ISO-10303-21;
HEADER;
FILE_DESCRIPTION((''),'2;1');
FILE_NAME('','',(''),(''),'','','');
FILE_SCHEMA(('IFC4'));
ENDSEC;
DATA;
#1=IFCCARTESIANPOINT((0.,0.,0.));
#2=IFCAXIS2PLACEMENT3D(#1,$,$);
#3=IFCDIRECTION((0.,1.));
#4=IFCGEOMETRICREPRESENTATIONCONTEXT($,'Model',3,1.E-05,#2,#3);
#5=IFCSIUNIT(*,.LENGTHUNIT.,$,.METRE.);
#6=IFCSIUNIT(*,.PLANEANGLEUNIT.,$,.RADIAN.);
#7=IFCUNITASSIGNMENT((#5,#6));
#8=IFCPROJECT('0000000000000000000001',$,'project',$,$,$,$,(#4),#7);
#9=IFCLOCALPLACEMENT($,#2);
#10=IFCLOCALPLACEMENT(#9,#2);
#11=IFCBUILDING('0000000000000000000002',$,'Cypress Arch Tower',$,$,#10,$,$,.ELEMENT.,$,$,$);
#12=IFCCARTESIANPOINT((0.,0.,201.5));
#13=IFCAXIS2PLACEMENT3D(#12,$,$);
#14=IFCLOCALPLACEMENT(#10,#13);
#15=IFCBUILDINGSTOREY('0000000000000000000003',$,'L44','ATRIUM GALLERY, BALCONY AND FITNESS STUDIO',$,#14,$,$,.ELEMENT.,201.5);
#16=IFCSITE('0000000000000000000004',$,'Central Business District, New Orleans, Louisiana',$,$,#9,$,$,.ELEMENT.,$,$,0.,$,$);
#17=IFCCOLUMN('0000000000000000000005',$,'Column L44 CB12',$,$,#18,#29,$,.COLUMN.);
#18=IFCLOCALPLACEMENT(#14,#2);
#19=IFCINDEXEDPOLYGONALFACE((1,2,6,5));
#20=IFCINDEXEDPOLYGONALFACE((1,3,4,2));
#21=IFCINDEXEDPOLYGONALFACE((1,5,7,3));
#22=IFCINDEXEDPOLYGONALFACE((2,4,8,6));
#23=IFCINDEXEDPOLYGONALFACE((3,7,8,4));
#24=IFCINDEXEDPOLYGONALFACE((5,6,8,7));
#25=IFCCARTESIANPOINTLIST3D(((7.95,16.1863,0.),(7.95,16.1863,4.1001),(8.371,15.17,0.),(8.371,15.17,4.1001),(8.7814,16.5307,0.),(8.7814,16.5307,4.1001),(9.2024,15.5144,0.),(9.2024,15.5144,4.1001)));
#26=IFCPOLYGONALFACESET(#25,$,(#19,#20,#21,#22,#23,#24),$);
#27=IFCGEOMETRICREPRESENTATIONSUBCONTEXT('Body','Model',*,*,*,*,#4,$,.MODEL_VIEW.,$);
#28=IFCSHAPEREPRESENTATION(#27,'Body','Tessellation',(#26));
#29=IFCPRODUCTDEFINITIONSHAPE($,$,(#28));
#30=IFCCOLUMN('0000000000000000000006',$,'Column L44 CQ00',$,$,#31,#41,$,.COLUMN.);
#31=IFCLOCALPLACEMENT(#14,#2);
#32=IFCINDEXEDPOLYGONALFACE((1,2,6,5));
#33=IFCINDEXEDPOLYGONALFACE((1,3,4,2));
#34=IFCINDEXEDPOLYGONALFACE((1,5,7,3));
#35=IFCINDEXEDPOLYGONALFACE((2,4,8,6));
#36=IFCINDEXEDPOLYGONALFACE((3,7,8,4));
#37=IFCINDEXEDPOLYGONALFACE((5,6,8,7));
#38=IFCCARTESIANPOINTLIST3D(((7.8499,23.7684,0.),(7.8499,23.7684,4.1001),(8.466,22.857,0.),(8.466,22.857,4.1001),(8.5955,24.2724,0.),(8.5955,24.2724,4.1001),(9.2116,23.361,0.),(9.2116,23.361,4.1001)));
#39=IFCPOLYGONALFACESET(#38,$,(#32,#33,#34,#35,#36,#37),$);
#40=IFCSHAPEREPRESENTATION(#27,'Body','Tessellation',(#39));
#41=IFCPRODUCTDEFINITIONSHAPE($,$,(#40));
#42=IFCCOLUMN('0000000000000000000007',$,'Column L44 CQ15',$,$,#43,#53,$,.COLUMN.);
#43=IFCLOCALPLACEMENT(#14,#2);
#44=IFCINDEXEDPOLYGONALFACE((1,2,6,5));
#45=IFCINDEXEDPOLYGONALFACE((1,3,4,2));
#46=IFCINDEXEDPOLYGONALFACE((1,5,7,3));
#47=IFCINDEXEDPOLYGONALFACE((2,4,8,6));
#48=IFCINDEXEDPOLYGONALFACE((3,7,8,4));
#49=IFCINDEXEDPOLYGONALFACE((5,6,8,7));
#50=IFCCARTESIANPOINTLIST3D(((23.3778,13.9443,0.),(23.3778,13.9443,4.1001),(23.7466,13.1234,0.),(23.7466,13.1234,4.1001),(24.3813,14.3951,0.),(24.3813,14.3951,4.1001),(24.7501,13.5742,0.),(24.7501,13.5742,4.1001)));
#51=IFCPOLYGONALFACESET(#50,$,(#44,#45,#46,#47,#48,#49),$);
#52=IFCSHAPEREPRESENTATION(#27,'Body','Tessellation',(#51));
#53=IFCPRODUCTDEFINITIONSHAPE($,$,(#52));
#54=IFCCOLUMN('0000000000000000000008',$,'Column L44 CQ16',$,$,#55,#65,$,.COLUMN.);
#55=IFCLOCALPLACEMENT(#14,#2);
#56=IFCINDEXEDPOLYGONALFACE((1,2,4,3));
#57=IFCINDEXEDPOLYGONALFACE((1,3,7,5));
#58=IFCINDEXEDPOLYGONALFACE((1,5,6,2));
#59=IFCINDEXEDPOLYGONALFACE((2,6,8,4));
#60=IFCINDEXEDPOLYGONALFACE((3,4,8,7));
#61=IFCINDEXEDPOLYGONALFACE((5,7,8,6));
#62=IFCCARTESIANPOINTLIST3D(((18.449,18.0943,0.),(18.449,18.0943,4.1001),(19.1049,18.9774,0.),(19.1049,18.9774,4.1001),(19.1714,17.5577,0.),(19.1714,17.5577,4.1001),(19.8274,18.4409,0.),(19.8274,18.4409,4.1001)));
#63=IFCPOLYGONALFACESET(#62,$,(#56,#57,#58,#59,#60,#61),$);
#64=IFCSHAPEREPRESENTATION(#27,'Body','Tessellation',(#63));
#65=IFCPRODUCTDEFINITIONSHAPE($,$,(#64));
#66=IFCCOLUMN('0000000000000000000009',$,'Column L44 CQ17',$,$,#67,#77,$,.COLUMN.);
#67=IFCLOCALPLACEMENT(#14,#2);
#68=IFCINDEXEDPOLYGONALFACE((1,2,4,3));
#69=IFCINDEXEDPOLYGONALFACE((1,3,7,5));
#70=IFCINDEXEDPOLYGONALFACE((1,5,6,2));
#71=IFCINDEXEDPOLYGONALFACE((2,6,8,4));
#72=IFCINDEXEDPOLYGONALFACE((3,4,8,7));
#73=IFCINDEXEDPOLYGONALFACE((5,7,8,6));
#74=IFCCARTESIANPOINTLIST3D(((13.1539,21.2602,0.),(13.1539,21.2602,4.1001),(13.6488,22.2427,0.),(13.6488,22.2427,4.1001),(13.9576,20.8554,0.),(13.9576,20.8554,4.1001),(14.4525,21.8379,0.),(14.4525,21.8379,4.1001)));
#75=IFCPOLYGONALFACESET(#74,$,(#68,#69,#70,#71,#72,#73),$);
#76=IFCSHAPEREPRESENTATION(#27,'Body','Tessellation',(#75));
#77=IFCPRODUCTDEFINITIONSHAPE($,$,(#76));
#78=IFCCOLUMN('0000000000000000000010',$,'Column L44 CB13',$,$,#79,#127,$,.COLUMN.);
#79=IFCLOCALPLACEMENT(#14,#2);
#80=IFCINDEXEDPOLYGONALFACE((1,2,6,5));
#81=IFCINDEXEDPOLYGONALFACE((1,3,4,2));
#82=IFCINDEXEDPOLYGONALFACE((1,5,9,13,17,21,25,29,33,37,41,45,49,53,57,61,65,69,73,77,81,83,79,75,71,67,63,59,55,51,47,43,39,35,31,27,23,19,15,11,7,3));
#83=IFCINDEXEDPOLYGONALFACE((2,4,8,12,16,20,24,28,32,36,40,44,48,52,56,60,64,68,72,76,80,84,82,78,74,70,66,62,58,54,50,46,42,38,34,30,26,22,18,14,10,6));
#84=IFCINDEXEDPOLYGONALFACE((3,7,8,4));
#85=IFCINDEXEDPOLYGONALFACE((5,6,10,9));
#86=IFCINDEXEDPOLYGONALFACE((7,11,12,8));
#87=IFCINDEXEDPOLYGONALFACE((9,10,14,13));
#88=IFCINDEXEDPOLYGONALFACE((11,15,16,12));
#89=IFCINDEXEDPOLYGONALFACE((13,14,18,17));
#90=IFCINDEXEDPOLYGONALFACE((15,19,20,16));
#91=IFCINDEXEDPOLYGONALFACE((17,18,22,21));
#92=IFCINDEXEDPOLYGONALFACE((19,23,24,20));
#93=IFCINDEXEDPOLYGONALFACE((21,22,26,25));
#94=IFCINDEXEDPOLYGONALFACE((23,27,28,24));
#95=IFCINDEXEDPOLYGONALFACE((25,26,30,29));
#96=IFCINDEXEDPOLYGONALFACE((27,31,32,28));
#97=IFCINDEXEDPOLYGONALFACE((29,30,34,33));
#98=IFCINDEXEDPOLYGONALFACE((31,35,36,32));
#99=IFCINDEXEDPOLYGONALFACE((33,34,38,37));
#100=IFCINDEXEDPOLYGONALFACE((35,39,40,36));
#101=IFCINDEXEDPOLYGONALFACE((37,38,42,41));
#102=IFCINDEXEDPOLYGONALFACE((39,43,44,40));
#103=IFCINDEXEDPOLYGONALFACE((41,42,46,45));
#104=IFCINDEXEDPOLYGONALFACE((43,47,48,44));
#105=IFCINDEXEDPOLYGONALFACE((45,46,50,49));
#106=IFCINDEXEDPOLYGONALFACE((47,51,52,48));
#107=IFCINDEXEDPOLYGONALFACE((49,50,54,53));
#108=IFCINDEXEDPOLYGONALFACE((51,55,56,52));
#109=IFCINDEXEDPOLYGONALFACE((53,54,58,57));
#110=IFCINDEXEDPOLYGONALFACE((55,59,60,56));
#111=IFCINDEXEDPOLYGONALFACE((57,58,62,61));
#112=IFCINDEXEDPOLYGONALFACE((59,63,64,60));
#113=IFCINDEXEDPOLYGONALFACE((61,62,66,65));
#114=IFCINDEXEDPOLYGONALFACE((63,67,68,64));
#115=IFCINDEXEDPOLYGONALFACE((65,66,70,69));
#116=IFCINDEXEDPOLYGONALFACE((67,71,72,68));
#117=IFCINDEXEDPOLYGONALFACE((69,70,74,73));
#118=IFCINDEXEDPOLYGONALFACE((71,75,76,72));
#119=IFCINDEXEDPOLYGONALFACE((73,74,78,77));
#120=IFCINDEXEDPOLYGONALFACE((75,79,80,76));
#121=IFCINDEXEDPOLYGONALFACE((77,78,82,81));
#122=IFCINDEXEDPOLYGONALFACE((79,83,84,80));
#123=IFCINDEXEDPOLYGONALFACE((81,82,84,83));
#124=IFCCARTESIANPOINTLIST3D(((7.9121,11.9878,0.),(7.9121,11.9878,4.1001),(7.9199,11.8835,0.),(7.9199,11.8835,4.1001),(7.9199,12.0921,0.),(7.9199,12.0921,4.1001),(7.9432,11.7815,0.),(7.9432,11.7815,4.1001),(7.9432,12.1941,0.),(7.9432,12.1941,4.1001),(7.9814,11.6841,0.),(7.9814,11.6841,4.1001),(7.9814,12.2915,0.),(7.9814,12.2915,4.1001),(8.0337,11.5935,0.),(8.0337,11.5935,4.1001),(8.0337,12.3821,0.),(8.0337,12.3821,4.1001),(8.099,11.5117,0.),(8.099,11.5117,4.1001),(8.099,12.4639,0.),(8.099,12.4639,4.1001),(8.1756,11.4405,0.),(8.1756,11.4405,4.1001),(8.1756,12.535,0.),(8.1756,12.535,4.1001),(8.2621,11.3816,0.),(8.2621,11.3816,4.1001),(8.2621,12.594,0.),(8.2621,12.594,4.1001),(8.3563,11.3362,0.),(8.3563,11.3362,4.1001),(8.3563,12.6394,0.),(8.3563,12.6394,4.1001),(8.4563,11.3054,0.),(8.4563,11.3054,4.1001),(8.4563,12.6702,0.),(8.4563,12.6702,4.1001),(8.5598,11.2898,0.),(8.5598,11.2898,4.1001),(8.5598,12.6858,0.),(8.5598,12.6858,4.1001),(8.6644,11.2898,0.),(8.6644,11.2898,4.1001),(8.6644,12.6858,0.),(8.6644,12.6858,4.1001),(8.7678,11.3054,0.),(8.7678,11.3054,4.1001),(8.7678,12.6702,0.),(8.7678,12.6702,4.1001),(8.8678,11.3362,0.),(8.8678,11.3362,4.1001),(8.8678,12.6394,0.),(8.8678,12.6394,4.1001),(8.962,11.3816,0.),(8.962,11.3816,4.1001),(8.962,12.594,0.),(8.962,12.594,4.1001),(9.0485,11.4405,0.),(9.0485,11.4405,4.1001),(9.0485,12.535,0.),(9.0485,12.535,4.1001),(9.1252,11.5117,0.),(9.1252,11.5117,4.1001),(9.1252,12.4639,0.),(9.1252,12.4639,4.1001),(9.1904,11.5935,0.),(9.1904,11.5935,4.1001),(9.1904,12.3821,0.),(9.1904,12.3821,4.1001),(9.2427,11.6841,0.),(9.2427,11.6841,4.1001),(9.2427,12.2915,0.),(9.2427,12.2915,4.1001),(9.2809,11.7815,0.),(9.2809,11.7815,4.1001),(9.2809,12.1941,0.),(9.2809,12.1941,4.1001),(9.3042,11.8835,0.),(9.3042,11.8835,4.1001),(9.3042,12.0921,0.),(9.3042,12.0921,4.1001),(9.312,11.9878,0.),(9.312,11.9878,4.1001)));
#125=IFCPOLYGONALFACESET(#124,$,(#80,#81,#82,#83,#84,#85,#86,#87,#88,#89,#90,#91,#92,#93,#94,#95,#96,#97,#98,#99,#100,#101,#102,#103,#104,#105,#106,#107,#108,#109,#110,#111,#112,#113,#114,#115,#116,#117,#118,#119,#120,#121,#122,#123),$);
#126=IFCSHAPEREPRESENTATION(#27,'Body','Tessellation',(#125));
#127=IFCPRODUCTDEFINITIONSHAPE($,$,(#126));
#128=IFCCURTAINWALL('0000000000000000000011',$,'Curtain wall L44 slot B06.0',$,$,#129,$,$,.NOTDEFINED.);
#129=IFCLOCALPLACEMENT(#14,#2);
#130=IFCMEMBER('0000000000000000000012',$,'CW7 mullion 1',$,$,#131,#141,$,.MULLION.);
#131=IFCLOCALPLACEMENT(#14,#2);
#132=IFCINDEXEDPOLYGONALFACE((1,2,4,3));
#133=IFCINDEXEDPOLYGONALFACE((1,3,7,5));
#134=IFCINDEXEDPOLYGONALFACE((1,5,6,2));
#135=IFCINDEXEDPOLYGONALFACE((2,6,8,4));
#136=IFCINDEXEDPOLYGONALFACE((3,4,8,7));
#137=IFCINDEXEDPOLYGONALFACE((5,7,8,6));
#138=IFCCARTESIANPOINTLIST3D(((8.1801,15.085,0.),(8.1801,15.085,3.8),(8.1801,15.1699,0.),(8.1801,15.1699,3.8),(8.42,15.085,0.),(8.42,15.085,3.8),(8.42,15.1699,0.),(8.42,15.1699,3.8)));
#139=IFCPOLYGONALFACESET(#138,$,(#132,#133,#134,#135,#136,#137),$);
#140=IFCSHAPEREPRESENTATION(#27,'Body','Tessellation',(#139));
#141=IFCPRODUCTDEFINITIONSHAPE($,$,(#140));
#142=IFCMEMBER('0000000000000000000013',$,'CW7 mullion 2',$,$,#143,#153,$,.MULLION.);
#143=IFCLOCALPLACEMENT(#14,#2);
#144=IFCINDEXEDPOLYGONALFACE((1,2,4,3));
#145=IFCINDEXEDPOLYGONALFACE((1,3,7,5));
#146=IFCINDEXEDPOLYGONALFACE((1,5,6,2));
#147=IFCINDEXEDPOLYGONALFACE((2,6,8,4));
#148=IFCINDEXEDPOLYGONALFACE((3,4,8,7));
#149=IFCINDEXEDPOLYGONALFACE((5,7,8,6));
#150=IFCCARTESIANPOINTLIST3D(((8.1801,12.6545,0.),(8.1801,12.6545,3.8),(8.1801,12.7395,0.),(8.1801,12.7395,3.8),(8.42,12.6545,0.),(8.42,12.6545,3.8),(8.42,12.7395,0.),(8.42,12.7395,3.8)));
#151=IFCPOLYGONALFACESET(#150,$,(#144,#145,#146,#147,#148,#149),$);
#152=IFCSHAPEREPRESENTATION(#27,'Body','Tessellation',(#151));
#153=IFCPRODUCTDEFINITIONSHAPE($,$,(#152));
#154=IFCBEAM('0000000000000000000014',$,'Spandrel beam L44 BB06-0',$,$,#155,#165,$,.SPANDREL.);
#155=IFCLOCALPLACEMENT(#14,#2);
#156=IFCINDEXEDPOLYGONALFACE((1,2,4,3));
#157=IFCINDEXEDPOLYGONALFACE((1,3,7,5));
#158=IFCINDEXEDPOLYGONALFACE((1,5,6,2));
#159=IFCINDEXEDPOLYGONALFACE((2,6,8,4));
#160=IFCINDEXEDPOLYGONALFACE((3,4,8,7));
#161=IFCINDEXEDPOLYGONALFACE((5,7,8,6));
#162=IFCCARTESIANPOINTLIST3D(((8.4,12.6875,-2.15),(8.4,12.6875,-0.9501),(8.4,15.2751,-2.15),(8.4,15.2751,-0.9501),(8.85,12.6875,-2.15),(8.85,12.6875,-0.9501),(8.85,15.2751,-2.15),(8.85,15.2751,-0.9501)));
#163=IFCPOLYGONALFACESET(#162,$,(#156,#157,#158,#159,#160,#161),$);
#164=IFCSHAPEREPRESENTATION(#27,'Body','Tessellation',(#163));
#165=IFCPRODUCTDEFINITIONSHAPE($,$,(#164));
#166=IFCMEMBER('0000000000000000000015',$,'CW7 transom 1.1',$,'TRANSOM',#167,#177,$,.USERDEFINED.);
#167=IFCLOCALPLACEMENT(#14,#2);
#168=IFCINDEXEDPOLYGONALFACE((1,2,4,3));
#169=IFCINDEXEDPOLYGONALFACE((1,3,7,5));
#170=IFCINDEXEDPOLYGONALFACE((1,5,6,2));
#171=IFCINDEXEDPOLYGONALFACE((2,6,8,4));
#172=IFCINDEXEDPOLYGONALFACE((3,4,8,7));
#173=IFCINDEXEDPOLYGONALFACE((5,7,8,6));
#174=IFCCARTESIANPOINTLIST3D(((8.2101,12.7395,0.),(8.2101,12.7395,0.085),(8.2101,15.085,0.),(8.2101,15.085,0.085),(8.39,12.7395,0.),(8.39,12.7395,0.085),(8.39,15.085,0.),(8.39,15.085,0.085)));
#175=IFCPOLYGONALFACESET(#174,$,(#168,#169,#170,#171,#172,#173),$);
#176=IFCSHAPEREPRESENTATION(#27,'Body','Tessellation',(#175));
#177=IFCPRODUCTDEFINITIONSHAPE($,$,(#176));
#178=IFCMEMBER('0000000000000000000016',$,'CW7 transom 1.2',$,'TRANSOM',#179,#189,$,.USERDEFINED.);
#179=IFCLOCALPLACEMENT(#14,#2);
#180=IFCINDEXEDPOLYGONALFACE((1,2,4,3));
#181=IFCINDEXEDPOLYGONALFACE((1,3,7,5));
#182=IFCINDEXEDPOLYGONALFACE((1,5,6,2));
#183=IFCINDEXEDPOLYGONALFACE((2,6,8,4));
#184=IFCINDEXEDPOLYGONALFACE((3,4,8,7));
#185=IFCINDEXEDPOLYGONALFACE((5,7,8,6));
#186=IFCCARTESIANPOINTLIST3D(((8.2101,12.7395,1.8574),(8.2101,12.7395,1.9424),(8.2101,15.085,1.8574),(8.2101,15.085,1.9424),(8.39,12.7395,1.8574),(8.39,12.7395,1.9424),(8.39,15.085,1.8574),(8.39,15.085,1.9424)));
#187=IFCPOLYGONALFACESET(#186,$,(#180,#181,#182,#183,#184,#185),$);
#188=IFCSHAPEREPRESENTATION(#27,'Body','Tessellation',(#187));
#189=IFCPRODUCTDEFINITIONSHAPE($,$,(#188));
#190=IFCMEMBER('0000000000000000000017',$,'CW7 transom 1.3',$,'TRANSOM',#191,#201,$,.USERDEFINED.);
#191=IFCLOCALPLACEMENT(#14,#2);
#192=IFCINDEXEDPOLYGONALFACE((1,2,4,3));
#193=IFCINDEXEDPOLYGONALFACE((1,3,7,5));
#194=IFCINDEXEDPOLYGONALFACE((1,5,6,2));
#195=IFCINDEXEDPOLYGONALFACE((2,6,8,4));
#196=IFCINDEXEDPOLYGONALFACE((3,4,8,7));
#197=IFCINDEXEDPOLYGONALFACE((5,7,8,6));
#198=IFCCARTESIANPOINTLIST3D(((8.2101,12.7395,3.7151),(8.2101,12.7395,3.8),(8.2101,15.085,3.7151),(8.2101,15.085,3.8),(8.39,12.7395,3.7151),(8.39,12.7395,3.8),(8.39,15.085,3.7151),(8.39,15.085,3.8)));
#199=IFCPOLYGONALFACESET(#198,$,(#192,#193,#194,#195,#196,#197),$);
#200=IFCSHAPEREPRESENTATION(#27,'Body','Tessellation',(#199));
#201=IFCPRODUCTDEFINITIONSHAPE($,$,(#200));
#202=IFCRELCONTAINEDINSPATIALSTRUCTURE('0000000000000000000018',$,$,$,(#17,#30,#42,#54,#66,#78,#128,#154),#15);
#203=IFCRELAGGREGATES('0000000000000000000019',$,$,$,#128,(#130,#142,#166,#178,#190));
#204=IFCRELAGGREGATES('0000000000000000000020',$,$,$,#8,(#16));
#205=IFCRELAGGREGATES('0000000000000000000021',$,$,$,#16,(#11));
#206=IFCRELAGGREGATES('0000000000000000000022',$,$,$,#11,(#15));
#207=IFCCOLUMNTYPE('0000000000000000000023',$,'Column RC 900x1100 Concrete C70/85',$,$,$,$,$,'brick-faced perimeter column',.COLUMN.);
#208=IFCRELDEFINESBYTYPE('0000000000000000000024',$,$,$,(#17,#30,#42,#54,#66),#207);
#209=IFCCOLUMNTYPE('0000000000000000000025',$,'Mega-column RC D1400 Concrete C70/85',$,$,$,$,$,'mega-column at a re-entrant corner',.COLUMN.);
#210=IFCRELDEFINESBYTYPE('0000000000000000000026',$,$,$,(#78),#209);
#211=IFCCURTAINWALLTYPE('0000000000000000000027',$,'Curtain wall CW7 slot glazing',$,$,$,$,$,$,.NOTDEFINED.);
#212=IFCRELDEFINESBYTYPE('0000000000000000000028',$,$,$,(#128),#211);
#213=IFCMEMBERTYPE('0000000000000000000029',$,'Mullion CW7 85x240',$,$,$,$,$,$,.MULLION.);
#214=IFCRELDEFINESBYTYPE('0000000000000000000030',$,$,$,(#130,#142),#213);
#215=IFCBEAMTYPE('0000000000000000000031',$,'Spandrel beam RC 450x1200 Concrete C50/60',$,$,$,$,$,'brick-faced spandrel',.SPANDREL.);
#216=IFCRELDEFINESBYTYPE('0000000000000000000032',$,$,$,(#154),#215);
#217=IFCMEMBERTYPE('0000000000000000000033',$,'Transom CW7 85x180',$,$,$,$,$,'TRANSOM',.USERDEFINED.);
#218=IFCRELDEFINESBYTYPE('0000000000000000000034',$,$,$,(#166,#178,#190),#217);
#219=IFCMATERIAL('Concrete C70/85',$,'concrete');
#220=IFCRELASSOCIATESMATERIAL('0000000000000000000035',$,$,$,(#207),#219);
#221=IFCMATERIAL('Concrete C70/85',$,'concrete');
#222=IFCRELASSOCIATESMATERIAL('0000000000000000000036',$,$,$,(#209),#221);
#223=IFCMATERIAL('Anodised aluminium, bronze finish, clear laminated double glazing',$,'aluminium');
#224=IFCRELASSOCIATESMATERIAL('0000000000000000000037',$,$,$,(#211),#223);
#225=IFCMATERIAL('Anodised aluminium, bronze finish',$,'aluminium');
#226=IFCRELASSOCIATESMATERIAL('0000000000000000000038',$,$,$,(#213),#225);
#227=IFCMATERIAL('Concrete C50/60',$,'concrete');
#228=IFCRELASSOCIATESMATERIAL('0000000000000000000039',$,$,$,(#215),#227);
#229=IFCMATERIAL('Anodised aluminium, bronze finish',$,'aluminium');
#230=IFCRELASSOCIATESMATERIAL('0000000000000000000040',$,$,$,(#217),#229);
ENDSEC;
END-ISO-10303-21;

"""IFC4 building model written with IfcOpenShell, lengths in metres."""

from ifc_helpers import new_model, si_unit, direction, frame, origin, origin_2d, place, context, subcontext, project, spatial, rectangle, circle, extrude, material, material_profile, profile_set, type_object, element, aggregate, save


model = new_model("IFC4")

# Units and contexts
model_context = context("Model", 3, precision=1e-05, world=origin(), true_north=direction((0.0, 1.0)))
body_context = subcontext(model_context, "Body", "Model", "MODEL_VIEW")
ifc_project = project(units=[si_unit("LENGTHUNIT", "METRE"), si_unit("PLANEANGLEUNIT", "RADIAN")], contexts=[model_context])

# Site, building, storey
site_placement = place(None, origin())
site = spatial("IfcSite", under=ifc_project, at=site_placement, Name="Central Business District, New Orleans, Louisiana", CompositionType="ELEMENT", RefElevation=0.0)
building_placement = place(site_placement, origin())
building = spatial("IfcBuilding", under=site, at=building_placement, Name="Cypress Arch Tower", CompositionType="ELEMENT")
storey_placement = place(building_placement, frame((0.0, 0.0, 201.5)))
storey = spatial("IfcBuildingStorey", under=building, at=storey_placement, Name="L44", Description="ATRIUM GALLERY, BALCONY AND FITNESS STUDIO", CompositionType="ELEMENT", Elevation=201.5)

# Columns
ifc_material_1 = material(Name="Concrete C70/85", Category="concrete")
ifc_material_profile_1 = material_profile(ifc_material_1, rectangle(XDim=0.8999, YDim=1.1001, at=origin_2d()), Name="RC 900x1100")
ifc_profile_set_1 = profile_set([ifc_material_profile_1], Name="Concrete C70/85")
column_type_1 = type_object("IfcColumnType", Name="Column RC 900x1100 Concrete C70/85", ElementType="brick-faced perimeter column", PredefinedType="COLUMN", material=ifc_profile_set_1)
for number, where, z_axis, x_axis, name in (
    (1, (8.5762, 15.8503, 0.0), (0.0, 0.0, 1.0), (-0.92388, -0.382683, 0.0), "Column L44 CB12"),
    (2, (8.5308, 23.5647, 0.0), (0.0, 0.0, 1.0), (-0.82847, -0.560034, 0.0), "Column L44 CQ00"),
    (3, (24.064, 13.7593, 0.0), (0.0, 0.0, 1.0), (-0.409765, 0.912191, 0.0), "Column L44 CQ15"),
    (4, (19.1382, 18.2676, 0.0), (0.0, 0.0, 1.0), (-0.802799, 0.59625, 0.0), "Column L44 CQ16"),
    (5, (13.8032, 21.5491, 0.0), (0.0, 0.0, 1.0), (-0.893106, 0.449845, 0.0), "Column L44 CQ17"),
):
    element("IfcColumn", number, at=place(storey_placement, frame(where, z_axis=z_axis, x_axis=x_axis)), inside=storey, type_object=column_type_1, Name=name, PredefinedType="COLUMN", context=body_context, shape_type="SweptSolid", body=[
        extrude(rectangle(XDim=0.8999, YDim=1.1001, at=origin_2d()), origin(), (0.0, 0.0, 1.0), 4.1001),
    ])
ifc_material_2 = material(Name="Concrete C70/85", Category="concrete")
ifc_material_profile_2 = material_profile(ifc_material_2, circle(Radius=0.7, at=origin_2d()), Name="RC D1400")
ifc_profile_set_2 = profile_set([ifc_material_profile_2], Name="Concrete C70/85")
column_type_2 = type_object("IfcColumnType", Name="Mega-column RC D1400 Concrete C70/85", ElementType="mega-column at a re-entrant corner", PredefinedType="COLUMN", material=ifc_profile_set_2)
column_placement = place(storey_placement, frame((8.6121, 11.9878, 0.0), z_axis=(0.0, 0.0, 1.0), x_axis=(1.0, 0.0, 0.0)))
element("IfcColumn", 6, at=column_placement, inside=storey, type_object=column_type_2, Name="Column L44 CB13", PredefinedType="COLUMN", context=body_context, shape_type="SweptSolid", body=[
    extrude(circle(Radius=0.7, at=origin_2d()), origin(), (0.0, 0.0, 1.0), 4.1001),
])

# Curtain wall, members
ifc_material_3 = material(Name="Anodised aluminium, bronze finish, clear laminated double glazing", Category="aluminium")
curtain_wall_type = type_object("IfcCurtainWallType", Name="Curtain wall CW7 slot glazing", PredefinedType="NOTDEFINED", material=ifc_material_3)
curtain_wall_placement = place(storey_placement, origin())
curtain_wall = element("IfcCurtainWall", 7, at=curtain_wall_placement, inside=storey, type_object=curtain_wall_type, Name="Curtain wall L44 slot B06.0", PredefinedType="NOTDEFINED")
ifc_material_4 = material(Name="Anodised aluminium, bronze finish", Category="aluminium")
ifc_material_profile_3 = material_profile(ifc_material_4, rectangle(XDim=0.24, YDim=0.085, at=origin_2d()), Name="Mullion 85x240")
ifc_profile_set_3 = profile_set([ifc_material_profile_3], Name="Anodised aluminium, bronze finish")
member_type_1 = type_object("IfcMemberType", Name="Mullion CW7 85x240", PredefinedType="MULLION", material=ifc_profile_set_3)
member_1_placement = place(storey_placement, frame((8.3, 15.1274, 0.0), z_axis=(0.0, 0.0, 1.0), x_axis=(1.0, 0.0, 0.0)))
member_1 = element("IfcMember", 8, at=member_1_placement, type_object=member_type_1, Name="CW7 mullion 1", PredefinedType="MULLION", context=body_context, shape_type="SweptSolid", body=[
    extrude(rectangle(XDim=0.24, YDim=0.085, at=origin_2d()), origin(), (0.0, 0.0, 1.0), 3.8),
])
member_2_placement = place(storey_placement, frame((8.3, 12.697, 0.0), z_axis=(0.0, 0.0, 1.0), x_axis=(1.0, 0.0, 0.0)))
member_2 = element("IfcMember", 9, at=member_2_placement, type_object=member_type_1, Name="CW7 mullion 2", PredefinedType="MULLION", context=body_context, shape_type="SweptSolid", body=[
    extrude(rectangle(XDim=0.24, YDim=0.085, at=origin_2d()), origin(), (0.0, 0.0, 1.0), 3.8),
])

# Beam
ifc_material_5 = material(Name="Concrete C50/60", Category="concrete")
ifc_material_profile_4 = material_profile(ifc_material_5, rectangle(XDim=0.45, YDim=1.2, at=origin_2d()), Name="RC 450x1200")
ifc_profile_set_4 = profile_set([ifc_material_profile_4], Name="Concrete C50/60")
beam_type = type_object("IfcBeamType", Name="Spandrel beam RC 450x1200 Concrete C50/60", ElementType="brick-faced spandrel", PredefinedType="SPANDREL", material=ifc_profile_set_4)
beam_placement = place(storey_placement, frame((8.625, 15.2751, -1.55), z_axis=(0.0, -1.0, 0.0), x_axis=(1.0, 0.0, 0.0)))
element("IfcBeam", 10, at=beam_placement, inside=storey, type_object=beam_type, Name="Spandrel beam L44 BB06-0", PredefinedType="SPANDREL", context=body_context, shape_type="SweptSolid", body=[
    extrude(rectangle(XDim=0.45, YDim=1.2, at=origin_2d()), origin(), (0.0, 0.0, 1.0), 2.5876),
])

# Members
ifc_material_6 = material(Name="Anodised aluminium, bronze finish", Category="aluminium")
ifc_material_profile_5 = material_profile(ifc_material_6, rectangle(XDim=0.1799, YDim=0.085, at=origin_2d()), Name="Transom 85x180")
ifc_profile_set_5 = profile_set([ifc_material_profile_5], Name="Anodised aluminium, bronze finish")
member_type_2 = type_object("IfcMemberType", Name="Transom CW7 85x180", ElementType="TRANSOM", PredefinedType="USERDEFINED", material=ifc_profile_set_5)
member_3_placement = place(storey_placement, frame((8.3, 15.085, 0.0425), z_axis=(0.0, -1.0, 0.0), x_axis=(1.0, 0.0, 0.0)))
member_3 = element("IfcMember", 11, at=member_3_placement, type_object=member_type_2, Name="CW7 transom 1.1", ObjectType="TRANSOM", PredefinedType="USERDEFINED", context=body_context, shape_type="SweptSolid", body=[
    extrude(rectangle(XDim=0.1799, YDim=0.085, at=origin_2d()), origin(), (0.0, 0.0, 1.0), 2.3455),
])
member_4_placement = place(storey_placement, frame((8.3, 15.085, 1.8999), z_axis=(0.0, -1.0, 0.0), x_axis=(1.0, 0.0, 0.0)))
member_4 = element("IfcMember", 12, at=member_4_placement, type_object=member_type_2, Name="CW7 transom 1.2", ObjectType="TRANSOM", PredefinedType="USERDEFINED", context=body_context, shape_type="SweptSolid", body=[
    extrude(rectangle(XDim=0.1799, YDim=0.085, at=origin_2d()), origin(), (0.0, 0.0, 1.0), 2.3455),
])
member_5_placement = place(storey_placement, frame((8.3, 15.085, 3.7576), z_axis=(0.0, -1.0, 0.0), x_axis=(1.0, 0.0, 0.0)))
member_5 = element("IfcMember", 13, at=member_5_placement, type_object=member_type_2, Name="CW7 transom 1.3", ObjectType="TRANSOM", PredefinedType="USERDEFINED", context=body_context, shape_type="SweptSolid", body=[
    extrude(rectangle(XDim=0.1799, YDim=0.085, at=origin_2d()), origin(), (0.0, 0.0, 1.0), 2.3455),
])

aggregate(curtain_wall, [member_1, member_2, member_3, member_4, member_5])

save(model, "model.ifc")
